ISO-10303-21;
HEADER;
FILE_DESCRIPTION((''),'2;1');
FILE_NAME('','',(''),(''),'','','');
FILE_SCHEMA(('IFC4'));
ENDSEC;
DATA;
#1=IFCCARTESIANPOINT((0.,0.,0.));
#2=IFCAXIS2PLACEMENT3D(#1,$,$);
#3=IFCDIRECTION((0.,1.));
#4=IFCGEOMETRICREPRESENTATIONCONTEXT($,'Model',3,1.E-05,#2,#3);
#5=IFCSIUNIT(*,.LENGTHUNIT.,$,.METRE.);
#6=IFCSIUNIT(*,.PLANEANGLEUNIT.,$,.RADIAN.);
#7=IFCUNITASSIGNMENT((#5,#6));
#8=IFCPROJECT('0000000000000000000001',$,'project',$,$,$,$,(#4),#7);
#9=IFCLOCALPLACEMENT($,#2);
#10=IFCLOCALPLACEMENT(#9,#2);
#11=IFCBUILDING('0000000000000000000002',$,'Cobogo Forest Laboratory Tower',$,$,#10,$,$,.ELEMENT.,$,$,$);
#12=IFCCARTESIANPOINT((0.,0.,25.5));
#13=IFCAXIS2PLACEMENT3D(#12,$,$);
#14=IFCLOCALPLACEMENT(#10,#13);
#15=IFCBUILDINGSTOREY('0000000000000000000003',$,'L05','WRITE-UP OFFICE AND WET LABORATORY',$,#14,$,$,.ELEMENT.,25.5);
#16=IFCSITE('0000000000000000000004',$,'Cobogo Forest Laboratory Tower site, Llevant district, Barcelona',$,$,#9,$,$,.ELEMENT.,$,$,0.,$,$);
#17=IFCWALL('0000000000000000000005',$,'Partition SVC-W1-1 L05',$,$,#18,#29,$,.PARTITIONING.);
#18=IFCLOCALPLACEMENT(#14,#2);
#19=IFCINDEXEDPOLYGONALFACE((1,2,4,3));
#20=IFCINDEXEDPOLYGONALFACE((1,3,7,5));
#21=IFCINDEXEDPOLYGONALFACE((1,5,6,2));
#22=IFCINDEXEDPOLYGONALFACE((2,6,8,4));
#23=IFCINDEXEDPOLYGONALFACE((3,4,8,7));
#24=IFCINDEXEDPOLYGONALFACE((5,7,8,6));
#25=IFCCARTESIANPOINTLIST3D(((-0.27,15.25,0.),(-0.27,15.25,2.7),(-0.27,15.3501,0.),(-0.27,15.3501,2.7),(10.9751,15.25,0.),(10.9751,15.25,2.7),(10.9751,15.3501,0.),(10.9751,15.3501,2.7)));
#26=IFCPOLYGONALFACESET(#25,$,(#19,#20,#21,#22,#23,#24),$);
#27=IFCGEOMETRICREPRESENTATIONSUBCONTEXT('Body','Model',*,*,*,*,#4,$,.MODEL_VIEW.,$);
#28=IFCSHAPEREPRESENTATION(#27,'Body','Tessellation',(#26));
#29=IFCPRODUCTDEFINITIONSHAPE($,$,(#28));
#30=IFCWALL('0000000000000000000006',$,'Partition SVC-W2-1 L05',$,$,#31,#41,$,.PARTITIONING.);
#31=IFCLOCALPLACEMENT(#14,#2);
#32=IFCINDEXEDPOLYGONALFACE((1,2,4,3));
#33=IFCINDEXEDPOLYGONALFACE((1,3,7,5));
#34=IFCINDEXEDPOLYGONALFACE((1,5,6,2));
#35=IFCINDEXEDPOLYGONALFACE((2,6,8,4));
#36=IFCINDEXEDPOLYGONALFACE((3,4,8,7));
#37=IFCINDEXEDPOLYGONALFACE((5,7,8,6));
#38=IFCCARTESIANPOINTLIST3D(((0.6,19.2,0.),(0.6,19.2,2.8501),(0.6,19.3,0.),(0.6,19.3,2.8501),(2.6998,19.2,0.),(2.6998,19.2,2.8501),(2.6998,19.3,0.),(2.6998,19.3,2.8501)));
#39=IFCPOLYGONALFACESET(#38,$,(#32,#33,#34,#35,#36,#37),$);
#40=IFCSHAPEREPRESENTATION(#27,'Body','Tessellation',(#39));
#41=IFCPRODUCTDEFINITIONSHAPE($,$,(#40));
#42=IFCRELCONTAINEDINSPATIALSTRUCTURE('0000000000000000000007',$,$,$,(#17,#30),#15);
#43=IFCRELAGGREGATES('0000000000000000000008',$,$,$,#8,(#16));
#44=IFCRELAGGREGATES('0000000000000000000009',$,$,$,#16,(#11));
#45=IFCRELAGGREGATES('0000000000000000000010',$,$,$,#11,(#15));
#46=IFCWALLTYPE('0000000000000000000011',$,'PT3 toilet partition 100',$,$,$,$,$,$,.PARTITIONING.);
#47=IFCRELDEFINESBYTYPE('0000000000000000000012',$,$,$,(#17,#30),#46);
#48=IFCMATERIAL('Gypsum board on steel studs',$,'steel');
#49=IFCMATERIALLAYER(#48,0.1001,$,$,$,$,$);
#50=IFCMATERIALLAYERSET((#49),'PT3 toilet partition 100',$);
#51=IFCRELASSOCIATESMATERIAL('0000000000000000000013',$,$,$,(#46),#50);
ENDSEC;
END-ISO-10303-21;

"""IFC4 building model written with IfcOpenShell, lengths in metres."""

from ifc_helpers import new_model, si_unit, direction, frame, frame_2d, origin, place, context, subcontext, project, spatial, rectangle, extrude, material, layer, layer_set, type_object, element, save


model = new_model("IFC4")

# Units and contexts
model_context = context("Model", 3, precision=1e-05, world=origin(), true_north=direction((0.0, 1.0)))
body_context = subcontext(model_context, "Body", "Model", "MODEL_VIEW")
ifc_project = project(units=[si_unit("LENGTHUNIT", "METRE"), si_unit("PLANEANGLEUNIT", "RADIAN")], contexts=[model_context])

# Site, building, storey
site_placement = place(None, origin())
site = spatial("IfcSite", under=ifc_project, at=site_placement, Name="Cobogo Forest Laboratory Tower site, Llevant district, Barcelona", CompositionType="ELEMENT", RefElevation=0.0)
building_placement = place(site_placement, origin())
building = spatial("IfcBuilding", under=site, at=building_placement, Name="Cobogo Forest Laboratory Tower", CompositionType="ELEMENT")
storey_placement = place(building_placement, frame((0.0, 0.0, 25.5)))
storey = spatial("IfcBuildingStorey", under=building, at=storey_placement, Name="L05", Description="WRITE-UP OFFICE AND WET LABORATORY", CompositionType="ELEMENT", Elevation=25.5)

# Walls
ifc_material_1 = material(Name="Gypsum board on steel studs", Category="steel")
ifc_layer_1 = layer(ifc_material_1, 0.1001)
ifc_layer_set_1 = layer_set([ifc_layer_1], Name="PT3 toilet partition 100")
wall_type = type_object("IfcWallType", Name="PT3 toilet partition 100", PredefinedType="PARTITIONING", material=ifc_layer_set_1)
wall_1_placement = place(storey_placement, frame((-0.27, 15.3, 0.0), z_axis=(0.0, 0.0, 1.0), x_axis=(1.0, 0.0, 0.0)))
element("IfcWall", 1, at=wall_1_placement, inside=storey, type_object=wall_type, Name="Partition SVC-W1-1 L05", PredefinedType="PARTITIONING", context=body_context, shape_type="SweptSolid", body=[
    extrude(rectangle(XDim=11.2451, YDim=0.1001, at=frame_2d((5.6226, 0.0))), origin(), (0.0, 0.0, 1.0), 2.7),
])
wall_2_placement = place(storey_placement, frame((0.6001, 19.25, 0.0), z_axis=(0.0, 0.0, 1.0), x_axis=(1.0, 0.0, 0.0)))
element("IfcWall", 2, at=wall_2_placement, inside=storey, type_object=wall_type, Name="Partition SVC-W2-1 L05", PredefinedType="PARTITIONING", context=body_context, shape_type="SweptSolid", body=[
    extrude(rectangle(XDim=2.0999, YDim=0.1001, at=frame_2d((1.0498, 0.0))), origin(), (0.0, 0.0, 1.0), 2.8501),
])

save(model, "model.ifc")
